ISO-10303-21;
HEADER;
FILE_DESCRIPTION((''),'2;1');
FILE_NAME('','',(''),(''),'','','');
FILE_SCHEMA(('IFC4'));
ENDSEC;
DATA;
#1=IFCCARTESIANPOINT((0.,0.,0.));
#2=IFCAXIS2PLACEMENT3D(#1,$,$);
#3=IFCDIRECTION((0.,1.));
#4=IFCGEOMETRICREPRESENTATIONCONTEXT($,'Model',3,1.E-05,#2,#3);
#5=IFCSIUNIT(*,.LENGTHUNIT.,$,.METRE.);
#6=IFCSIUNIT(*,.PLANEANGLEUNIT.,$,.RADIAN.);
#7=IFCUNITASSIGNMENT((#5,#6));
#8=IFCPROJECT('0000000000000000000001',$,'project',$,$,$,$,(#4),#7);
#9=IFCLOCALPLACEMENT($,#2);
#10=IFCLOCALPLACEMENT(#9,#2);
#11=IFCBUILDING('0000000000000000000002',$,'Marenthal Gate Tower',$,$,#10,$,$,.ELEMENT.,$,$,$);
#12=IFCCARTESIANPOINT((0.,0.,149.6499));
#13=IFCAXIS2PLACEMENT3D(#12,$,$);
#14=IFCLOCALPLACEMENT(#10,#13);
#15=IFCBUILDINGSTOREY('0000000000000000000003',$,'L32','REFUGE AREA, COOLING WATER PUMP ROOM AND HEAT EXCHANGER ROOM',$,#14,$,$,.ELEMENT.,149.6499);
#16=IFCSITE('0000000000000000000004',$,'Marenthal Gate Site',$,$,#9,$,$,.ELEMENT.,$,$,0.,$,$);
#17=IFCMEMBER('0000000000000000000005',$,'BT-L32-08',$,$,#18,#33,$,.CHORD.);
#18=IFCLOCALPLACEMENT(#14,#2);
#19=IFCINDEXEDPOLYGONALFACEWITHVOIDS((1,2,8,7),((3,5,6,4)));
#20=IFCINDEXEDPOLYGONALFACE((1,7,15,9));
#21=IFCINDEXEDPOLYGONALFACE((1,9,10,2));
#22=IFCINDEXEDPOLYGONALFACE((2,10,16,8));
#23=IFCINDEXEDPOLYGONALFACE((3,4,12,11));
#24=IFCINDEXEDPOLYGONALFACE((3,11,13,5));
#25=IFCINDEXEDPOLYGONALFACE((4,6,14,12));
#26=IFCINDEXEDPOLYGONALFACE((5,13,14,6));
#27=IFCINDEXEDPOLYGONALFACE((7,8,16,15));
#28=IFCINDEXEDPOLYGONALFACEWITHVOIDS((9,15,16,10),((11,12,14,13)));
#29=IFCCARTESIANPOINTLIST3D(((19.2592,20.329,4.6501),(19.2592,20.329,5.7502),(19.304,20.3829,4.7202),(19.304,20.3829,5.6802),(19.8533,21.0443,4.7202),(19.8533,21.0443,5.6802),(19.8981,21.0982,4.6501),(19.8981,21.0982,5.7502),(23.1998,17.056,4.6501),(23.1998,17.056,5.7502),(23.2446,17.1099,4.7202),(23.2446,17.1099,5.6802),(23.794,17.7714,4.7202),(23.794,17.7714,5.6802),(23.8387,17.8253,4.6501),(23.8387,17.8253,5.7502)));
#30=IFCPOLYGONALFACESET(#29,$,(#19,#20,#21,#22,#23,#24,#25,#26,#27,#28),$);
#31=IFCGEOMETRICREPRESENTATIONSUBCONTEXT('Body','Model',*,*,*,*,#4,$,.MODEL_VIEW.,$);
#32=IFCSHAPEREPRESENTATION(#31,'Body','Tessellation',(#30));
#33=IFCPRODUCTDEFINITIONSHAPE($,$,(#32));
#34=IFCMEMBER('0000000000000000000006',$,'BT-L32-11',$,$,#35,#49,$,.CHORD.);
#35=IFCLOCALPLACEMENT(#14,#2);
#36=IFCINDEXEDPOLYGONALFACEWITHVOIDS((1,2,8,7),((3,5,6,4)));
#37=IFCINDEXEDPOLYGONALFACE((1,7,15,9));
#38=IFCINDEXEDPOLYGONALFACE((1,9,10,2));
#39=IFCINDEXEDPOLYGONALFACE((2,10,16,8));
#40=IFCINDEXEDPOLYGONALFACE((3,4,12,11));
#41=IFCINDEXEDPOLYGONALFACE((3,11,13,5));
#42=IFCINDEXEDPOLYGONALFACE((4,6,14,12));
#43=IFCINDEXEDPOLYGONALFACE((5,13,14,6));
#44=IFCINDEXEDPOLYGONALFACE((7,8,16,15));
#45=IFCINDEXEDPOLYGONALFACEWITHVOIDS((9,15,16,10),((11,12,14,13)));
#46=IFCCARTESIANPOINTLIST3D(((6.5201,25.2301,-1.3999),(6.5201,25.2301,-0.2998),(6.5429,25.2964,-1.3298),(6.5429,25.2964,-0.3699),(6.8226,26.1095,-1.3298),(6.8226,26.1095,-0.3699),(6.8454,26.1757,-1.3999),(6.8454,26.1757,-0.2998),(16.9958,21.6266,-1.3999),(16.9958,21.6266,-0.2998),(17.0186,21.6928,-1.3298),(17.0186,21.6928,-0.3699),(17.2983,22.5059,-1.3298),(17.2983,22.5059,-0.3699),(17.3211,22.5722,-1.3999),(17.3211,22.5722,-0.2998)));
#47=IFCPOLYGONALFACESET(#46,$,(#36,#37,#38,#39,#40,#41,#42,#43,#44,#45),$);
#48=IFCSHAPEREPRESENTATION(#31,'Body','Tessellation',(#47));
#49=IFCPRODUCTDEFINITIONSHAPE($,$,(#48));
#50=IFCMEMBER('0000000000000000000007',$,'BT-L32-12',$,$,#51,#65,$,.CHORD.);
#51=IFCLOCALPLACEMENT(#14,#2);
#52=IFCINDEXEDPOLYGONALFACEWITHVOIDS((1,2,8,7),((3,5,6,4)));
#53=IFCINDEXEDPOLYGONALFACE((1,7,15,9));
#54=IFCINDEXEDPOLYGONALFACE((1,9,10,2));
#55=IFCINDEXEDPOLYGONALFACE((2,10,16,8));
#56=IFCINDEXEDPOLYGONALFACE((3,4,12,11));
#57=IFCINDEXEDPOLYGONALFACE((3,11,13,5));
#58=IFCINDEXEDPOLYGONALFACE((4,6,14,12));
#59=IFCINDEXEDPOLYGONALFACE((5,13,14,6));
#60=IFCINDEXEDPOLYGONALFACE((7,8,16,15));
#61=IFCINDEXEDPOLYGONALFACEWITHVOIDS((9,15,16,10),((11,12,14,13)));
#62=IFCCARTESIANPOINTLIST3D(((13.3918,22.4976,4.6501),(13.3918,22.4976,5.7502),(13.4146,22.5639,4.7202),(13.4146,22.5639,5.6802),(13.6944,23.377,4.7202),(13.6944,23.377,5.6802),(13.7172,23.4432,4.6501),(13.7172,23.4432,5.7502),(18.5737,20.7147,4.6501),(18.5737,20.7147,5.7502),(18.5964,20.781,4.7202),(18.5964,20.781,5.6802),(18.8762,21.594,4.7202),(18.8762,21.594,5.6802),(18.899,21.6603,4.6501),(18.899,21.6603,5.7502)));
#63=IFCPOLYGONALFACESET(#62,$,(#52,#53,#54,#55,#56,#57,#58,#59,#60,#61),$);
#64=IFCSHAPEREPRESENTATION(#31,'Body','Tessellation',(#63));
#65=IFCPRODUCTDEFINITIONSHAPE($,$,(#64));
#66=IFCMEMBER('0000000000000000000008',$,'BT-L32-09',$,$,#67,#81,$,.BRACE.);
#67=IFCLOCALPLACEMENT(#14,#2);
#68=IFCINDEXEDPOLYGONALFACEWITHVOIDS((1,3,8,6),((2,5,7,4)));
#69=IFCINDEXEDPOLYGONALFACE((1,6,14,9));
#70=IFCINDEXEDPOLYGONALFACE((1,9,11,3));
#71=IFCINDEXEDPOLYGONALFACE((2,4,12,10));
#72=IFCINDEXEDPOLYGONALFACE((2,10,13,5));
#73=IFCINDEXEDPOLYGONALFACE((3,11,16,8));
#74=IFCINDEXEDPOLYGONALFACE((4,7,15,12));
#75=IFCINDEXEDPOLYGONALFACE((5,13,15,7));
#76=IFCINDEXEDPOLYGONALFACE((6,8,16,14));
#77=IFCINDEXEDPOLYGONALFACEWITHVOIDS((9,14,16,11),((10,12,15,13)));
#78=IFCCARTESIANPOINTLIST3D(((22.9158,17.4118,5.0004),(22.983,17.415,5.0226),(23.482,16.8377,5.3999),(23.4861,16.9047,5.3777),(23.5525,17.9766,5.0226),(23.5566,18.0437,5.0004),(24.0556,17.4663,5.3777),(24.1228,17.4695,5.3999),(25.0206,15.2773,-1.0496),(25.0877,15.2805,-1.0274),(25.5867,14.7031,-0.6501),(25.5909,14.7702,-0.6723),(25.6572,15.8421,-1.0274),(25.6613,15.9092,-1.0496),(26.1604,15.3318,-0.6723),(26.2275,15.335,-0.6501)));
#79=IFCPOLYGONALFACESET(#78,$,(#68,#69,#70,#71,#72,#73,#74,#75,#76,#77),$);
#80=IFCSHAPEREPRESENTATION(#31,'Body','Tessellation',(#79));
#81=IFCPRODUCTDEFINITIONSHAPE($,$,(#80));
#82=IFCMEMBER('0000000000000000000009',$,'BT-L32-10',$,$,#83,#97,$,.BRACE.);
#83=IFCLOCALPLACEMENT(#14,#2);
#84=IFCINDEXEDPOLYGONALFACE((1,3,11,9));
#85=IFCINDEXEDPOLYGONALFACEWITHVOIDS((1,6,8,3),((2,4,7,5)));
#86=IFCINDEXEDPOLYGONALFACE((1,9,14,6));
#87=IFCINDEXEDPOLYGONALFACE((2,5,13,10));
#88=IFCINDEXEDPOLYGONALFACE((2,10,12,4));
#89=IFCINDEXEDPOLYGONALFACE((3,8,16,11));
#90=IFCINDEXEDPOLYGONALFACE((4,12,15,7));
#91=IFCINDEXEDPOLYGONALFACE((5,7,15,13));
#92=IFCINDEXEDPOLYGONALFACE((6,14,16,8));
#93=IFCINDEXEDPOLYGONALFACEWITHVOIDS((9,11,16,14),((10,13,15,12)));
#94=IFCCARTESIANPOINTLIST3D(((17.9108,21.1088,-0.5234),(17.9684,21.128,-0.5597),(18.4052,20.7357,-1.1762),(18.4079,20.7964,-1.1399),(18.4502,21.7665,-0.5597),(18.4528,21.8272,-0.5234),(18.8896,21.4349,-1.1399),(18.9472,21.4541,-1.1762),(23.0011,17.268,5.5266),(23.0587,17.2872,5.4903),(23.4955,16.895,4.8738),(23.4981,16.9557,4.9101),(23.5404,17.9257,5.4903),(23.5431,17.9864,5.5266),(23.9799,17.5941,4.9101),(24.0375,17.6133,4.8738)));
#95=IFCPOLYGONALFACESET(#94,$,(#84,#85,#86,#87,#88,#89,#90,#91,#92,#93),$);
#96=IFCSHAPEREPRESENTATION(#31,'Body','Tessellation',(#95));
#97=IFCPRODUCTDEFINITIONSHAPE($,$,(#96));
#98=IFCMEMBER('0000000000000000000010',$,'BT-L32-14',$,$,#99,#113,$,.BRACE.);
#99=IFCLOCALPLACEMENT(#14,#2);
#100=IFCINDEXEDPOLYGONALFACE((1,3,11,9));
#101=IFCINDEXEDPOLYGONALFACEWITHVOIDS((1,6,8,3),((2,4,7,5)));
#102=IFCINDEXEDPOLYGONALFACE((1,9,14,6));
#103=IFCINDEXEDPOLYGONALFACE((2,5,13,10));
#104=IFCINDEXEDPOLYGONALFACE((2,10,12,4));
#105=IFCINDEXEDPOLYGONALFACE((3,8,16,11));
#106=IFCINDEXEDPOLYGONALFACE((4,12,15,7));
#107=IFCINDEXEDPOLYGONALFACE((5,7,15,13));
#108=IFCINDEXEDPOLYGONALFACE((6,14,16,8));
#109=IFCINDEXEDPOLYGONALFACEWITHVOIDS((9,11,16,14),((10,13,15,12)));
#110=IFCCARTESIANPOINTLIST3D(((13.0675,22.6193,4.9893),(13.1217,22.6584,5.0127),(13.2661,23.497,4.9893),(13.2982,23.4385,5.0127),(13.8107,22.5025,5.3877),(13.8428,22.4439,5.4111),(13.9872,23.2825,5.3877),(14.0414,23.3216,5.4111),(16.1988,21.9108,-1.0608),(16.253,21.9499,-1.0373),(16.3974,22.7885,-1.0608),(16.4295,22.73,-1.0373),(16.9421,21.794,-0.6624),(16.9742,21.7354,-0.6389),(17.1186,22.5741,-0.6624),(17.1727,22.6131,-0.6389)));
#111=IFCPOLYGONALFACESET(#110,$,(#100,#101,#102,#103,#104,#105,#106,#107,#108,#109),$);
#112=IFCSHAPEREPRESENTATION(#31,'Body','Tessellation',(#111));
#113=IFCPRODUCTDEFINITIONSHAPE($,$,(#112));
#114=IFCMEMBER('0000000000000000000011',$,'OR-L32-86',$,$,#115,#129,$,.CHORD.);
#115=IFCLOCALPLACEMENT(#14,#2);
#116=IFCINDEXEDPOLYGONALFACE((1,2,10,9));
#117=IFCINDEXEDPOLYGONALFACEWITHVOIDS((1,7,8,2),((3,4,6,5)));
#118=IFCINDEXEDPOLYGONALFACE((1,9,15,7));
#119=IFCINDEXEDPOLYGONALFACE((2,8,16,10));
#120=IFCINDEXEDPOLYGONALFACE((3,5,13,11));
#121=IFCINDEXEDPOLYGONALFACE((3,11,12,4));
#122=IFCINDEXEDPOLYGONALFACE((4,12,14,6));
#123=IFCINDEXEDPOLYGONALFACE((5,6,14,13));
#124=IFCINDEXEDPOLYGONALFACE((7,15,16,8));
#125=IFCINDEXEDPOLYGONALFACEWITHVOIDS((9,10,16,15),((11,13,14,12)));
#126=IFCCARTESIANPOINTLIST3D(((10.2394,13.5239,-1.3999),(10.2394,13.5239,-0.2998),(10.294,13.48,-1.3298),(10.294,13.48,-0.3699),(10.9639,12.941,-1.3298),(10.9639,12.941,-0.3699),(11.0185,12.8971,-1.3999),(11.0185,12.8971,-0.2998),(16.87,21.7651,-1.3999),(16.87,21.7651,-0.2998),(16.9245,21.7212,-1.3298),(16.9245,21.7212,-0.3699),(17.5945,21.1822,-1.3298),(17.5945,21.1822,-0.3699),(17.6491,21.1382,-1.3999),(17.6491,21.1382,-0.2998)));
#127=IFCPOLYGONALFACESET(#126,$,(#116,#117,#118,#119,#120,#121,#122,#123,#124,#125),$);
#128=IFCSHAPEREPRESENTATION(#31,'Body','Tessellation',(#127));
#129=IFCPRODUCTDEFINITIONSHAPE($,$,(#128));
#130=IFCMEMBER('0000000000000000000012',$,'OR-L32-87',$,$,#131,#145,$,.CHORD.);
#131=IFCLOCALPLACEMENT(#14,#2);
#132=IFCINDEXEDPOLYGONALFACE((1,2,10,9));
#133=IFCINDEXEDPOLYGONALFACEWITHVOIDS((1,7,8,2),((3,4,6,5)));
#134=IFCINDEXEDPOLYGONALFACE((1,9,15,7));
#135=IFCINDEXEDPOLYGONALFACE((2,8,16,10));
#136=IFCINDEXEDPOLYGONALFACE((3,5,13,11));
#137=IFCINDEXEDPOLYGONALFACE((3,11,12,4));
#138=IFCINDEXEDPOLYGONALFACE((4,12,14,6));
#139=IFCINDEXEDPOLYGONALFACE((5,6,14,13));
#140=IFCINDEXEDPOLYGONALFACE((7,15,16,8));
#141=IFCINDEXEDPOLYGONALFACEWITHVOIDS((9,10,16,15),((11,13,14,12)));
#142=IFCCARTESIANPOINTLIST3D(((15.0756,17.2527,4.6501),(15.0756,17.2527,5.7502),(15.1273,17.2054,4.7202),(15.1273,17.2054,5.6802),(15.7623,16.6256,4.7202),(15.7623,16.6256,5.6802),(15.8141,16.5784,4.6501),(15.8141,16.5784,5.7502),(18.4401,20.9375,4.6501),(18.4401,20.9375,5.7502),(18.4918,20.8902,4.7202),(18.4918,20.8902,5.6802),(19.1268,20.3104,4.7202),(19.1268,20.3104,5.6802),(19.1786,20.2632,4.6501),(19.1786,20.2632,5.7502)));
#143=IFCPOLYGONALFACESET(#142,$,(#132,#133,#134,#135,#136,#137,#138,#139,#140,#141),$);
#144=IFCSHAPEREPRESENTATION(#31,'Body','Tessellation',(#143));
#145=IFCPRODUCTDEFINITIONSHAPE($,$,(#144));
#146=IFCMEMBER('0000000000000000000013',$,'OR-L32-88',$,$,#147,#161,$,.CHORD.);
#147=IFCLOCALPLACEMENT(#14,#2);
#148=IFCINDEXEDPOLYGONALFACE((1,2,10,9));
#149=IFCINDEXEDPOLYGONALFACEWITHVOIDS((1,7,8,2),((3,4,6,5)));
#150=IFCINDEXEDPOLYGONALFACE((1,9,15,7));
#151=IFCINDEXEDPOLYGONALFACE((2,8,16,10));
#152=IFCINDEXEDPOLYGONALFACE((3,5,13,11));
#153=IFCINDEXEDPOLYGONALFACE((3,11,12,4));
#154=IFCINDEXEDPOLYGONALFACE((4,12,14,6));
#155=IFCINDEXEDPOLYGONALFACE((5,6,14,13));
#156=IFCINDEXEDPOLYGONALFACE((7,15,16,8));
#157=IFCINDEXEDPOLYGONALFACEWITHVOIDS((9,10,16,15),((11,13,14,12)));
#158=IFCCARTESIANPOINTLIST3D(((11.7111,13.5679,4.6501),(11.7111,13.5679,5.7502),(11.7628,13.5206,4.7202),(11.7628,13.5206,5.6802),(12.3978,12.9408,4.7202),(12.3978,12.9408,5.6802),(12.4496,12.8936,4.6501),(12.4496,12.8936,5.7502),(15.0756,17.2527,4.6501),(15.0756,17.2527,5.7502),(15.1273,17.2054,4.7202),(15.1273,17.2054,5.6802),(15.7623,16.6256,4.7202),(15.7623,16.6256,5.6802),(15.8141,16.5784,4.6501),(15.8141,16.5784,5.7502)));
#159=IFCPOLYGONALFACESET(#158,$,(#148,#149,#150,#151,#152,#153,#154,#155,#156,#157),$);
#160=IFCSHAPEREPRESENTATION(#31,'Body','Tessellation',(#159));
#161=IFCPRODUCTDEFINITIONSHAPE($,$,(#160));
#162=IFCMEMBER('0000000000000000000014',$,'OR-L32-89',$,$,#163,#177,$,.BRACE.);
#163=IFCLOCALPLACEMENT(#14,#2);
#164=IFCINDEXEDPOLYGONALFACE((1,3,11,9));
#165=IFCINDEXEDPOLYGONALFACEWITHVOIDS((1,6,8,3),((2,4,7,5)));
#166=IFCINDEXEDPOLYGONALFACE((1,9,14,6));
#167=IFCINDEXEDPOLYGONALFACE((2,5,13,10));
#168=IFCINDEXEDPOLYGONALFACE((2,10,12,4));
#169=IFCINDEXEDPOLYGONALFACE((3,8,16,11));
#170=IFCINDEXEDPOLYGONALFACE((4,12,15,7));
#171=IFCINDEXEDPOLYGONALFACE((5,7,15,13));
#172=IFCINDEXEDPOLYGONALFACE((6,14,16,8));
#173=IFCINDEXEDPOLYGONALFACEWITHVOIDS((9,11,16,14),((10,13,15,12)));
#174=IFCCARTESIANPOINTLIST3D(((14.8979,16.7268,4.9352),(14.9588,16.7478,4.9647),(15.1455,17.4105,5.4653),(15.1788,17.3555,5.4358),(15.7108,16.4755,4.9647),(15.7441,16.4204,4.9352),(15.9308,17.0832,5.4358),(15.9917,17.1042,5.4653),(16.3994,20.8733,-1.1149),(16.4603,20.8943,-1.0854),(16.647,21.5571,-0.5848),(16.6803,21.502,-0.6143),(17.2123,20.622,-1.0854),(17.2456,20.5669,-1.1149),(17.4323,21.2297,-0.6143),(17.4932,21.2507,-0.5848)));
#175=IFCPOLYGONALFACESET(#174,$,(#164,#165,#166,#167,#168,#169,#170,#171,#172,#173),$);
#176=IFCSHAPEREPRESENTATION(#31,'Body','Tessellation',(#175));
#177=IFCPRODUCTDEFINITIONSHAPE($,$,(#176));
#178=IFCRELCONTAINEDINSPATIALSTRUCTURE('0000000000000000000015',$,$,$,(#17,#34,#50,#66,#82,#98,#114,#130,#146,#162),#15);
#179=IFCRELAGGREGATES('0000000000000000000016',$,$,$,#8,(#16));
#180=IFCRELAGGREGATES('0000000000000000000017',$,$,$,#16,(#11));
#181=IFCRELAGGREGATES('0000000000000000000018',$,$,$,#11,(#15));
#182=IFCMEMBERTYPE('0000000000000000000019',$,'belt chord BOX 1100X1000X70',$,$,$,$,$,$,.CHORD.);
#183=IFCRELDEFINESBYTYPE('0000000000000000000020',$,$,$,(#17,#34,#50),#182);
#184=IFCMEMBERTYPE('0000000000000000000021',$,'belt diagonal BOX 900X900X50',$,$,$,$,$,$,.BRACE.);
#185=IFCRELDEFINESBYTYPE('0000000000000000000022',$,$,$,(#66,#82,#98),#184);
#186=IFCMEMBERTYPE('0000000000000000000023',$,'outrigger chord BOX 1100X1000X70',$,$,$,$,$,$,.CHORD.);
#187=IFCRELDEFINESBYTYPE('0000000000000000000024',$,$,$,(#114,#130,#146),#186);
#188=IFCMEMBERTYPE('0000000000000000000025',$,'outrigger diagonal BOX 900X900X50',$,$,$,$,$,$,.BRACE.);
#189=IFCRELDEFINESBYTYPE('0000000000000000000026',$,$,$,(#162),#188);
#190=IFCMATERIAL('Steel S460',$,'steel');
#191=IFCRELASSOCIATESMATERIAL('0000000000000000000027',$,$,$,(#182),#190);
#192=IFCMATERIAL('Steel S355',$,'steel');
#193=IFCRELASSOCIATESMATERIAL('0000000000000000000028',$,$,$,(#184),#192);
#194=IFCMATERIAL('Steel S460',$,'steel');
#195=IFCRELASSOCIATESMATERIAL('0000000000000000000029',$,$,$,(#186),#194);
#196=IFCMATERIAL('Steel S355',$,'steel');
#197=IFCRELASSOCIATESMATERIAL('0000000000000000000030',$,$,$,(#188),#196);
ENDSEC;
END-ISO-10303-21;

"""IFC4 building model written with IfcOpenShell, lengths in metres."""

from ifc_helpers import new_model, si_unit, direction, frame, origin, origin_2d, place, context, subcontext, project, spatial, hollow_rectangle, extrude, material, material_profile, profile_set, type_object, element, save


model = new_model("IFC4")

# Units and contexts
model_context = context("Model", 3, precision=1e-05, world=origin(), true_north=direction((0.0, 1.0)))
body_context = subcontext(model_context, "Body", "Model", "MODEL_VIEW")
ifc_project = project(units=[si_unit("LENGTHUNIT", "METRE"), si_unit("PLANEANGLEUNIT", "RADIAN")], contexts=[model_context])

# Site, building, storey
site_placement = place(None, origin())
site = spatial("IfcSite", under=ifc_project, at=site_placement, Name="Marenthal Gate Site", CompositionType="ELEMENT", RefElevation=0.0)
building_placement = place(site_placement, origin())
building = spatial("IfcBuilding", under=site, at=building_placement, Name="Marenthal Gate Tower", CompositionType="ELEMENT")
storey_placement = place(building_placement, frame((0.0, 0.0, 149.6499)))
storey = spatial("IfcBuildingStorey", under=building, at=storey_placement, Name="L32", Description="REFUGE AREA, COOLING WATER PUMP ROOM AND HEAT EXCHANGER ROOM", CompositionType="ELEMENT", Elevation=149.6499)

# Members
ifc_material_1 = material(Name="Steel S460", Category="steel")
ifc_material_profile_1 = material_profile(ifc_material_1, hollow_rectangle(XDim=1.0, YDim=1.1001, WallThickness=0.0701, at=origin_2d()), Name="BOX 1100X1000X70")
ifc_profile_set_1 = profile_set([ifc_material_profile_1], Name="Steel S460")
member_type_1 = type_object("IfcMemberType", Name="belt chord BOX 1100X1000X70", PredefinedType="CHORD", material=ifc_profile_set_1)
member_1_placement = place(storey_placement, frame((23.5193, 17.4407, 5.2002), z_axis=(-0.769271, 0.638923, 0.0), x_axis=(-0.638923, -0.769271, 0.0)))
element("IfcMember", 1, at=member_1_placement, inside=storey, type_object=member_type_1, Name="BT-L32-08", PredefinedType="CHORD", context=body_context, shape_type="SweptSolid", body=[
    extrude(hollow_rectangle(XDim=1.0, YDim=1.1001, WallThickness=0.0701, at=origin_2d()), origin(), (0.0, 0.0, 1.0), 5.1226),
])
member_2_placement = place(storey_placement, frame((17.1584, 22.0994, -0.8499), z_axis=(-0.945616, 0.325284, 0.0), x_axis=(-0.325284, -0.945616, 0.0)))
element("IfcMember", 2, at=member_2_placement, inside=storey, type_object=member_type_1, Name="BT-L32-11", PredefinedType="CHORD", context=body_context, shape_type="SweptSolid", body=[
    extrude(hollow_rectangle(XDim=1.0, YDim=1.1001, WallThickness=0.0701, at=origin_2d()), origin(), (0.0, 0.0, 1.0), 11.0781),
])
member_3_placement = place(storey_placement, frame((18.7363, 21.1875, 5.2002), z_axis=(-0.945592, 0.325355, 0.0), x_axis=(-0.325355, -0.945592, 0.0)))
element("IfcMember", 3, at=member_3_placement, inside=storey, type_object=member_type_1, Name="BT-L32-12", PredefinedType="CHORD", context=body_context, shape_type="SweptSolid", body=[
    extrude(hollow_rectangle(XDim=1.0, YDim=1.1001, WallThickness=0.0701, at=origin_2d()), origin(), (0.0, 0.0, 1.0), 5.48),
])
ifc_material_2 = material(Name="Steel S355", Category="steel")
ifc_material_profile_2 = material_profile(ifc_material_2, hollow_rectangle(XDim=0.8999, YDim=0.8999, WallThickness=0.05, at=origin_2d()), Name="BOX 900X900X50")
ifc_profile_set_2 = profile_set([ifc_material_profile_2], Name="Steel S355")
member_type_2 = type_object("IfcMemberType", Name="belt diagonal BOX 900X900X50", PredefinedType="BRACE", material=ifc_profile_set_2)
member_4_placement = place(storey_placement, frame((25.624, 15.3062, -0.8499), z_axis=(-0.311722, 0.316133, 0.896041), x_axis=(-0.712057, -0.702121, 0.0)))
element("IfcMember", 4, at=member_4_placement, inside=storey, type_object=member_type_2, Name="BT-L32-09", PredefinedType="BRACE", context=body_context, shape_type="SweptSolid", body=[
    extrude(hollow_rectangle(XDim=0.8999, YDim=0.8999, WallThickness=0.05, at=origin_2d()), origin(), (0.0, 0.0, 1.0), 6.752),
])
member_5_placement = place(storey_placement, frame((23.5193, 17.4407, 5.2002), z_axis=(-0.579096, 0.436947, -0.688277), x_axis=(-0.602313, -0.79826, 0.0)))
element("IfcMember", 5, at=member_5_placement, inside=storey, type_object=member_type_2, Name="BT-L32-10", PredefinedType="BRACE", context=body_context, shape_type="SweptSolid", body=[
    extrude(hollow_rectangle(XDim=0.8999, YDim=0.8999, WallThickness=0.05, at=origin_2d()), origin(), (0.0, 0.0, 1.0), 8.79),
])
member_6_placement = place(storey_placement, frame((16.6858, 22.262, -0.8499), z_axis=(-0.45719, 0.103443, 0.883333), x_axis=(-0.220681, -0.975346, 0.0)))
element("IfcMember", 6, at=member_6_placement, inside=storey, type_object=member_type_2, Name="BT-L32-14", PredefinedType="BRACE", context=body_context, shape_type="SweptSolid", body=[
    extrude(hollow_rectangle(XDim=0.8999, YDim=0.8999, WallThickness=0.05, at=origin_2d()), origin(), (0.0, 0.0, 1.0), 6.8491),
])
ifc_material_3 = material(Name="Steel S460", Category="steel")
ifc_material_profile_3 = material_profile(ifc_material_3, hollow_rectangle(XDim=1.0, YDim=1.1001, WallThickness=0.0701, at=origin_2d()), Name="BOX 1100X1000X70")
ifc_profile_set_3 = profile_set([ifc_material_profile_3], Name="Steel S460")
member_type_3 = type_object("IfcMemberType", Name="outrigger chord BOX 1100X1000X70", PredefinedType="CHORD", material=ifc_profile_set_3)
member_7_placement = place(storey_placement, frame((17.2595, 21.4517, -0.8499), z_axis=(-0.626863, -0.77913, 0.0), x_axis=(0.77913, -0.626863, 0.0)))
element("IfcMember", 7, at=member_7_placement, inside=storey, type_object=member_type_3, Name="OR-L32-86", PredefinedType="CHORD", context=body_context, shape_type="SweptSolid", body=[
    extrude(hollow_rectangle(XDim=1.0, YDim=1.1001, WallThickness=0.0701, at=origin_2d()), origin(), (0.0, 0.0, 1.0), 10.5774),
])
for number, where, z_axis, x_axis, name in (
    (8, (18.8093, 20.6003, 5.2002), (-0.674281, -0.738475, 0.0), (0.738475, -0.674281, 0.0), "OR-L32-87"),
    (9, (15.4448, 16.9155, 5.2002), (-0.674281, -0.738475, 0.0), (0.738475, -0.674281, 0.0), "OR-L32-88"),
):
    element("IfcMember", number, at=place(storey_placement, frame(where, z_axis=z_axis, x_axis=x_axis)), inside=storey, type_object=member_type_3, Name=name, PredefinedType="CHORD", context=body_context, shape_type="SweptSolid", body=[
        extrude(hollow_rectangle(XDim=1.0, YDim=1.1001, WallThickness=0.0701, at=origin_2d()), origin(), (0.0, 0.0, 1.0), 4.9897),
    ])
ifc_material_4 = material(Name="Steel S355", Category="steel")
ifc_material_profile_4 = material_profile(ifc_material_4, hollow_rectangle(XDim=0.8999, YDim=0.8999, WallThickness=0.05, at=origin_2d()), Name="BOX 900X900X50")
ifc_profile_set_4 = profile_set([ifc_material_profile_4], Name="Steel S355")
member_type_4 = type_object("IfcMemberType", Name="outrigger diagonal BOX 900X900X50", PredefinedType="BRACE", material=ifc_profile_set_4)
member_8_placement = place(storey_placement, frame((16.9463, 21.062, -0.8499), z_axis=(-0.200551, -0.553846, 0.808105), x_axis=(0.940255, -0.340471, 0.0)))
element("IfcMember", 10, at=member_8_placement, inside=storey, type_object=member_type_4, Name="OR-L32-89", PredefinedType="BRACE", context=body_context, shape_type="SweptSolid", body=[
    extrude(hollow_rectangle(XDim=0.8999, YDim=0.8999, WallThickness=0.05, at=origin_2d()), origin(), (0.0, 0.0, 1.0), 7.4868),
])

save(model, "model.ifc")
